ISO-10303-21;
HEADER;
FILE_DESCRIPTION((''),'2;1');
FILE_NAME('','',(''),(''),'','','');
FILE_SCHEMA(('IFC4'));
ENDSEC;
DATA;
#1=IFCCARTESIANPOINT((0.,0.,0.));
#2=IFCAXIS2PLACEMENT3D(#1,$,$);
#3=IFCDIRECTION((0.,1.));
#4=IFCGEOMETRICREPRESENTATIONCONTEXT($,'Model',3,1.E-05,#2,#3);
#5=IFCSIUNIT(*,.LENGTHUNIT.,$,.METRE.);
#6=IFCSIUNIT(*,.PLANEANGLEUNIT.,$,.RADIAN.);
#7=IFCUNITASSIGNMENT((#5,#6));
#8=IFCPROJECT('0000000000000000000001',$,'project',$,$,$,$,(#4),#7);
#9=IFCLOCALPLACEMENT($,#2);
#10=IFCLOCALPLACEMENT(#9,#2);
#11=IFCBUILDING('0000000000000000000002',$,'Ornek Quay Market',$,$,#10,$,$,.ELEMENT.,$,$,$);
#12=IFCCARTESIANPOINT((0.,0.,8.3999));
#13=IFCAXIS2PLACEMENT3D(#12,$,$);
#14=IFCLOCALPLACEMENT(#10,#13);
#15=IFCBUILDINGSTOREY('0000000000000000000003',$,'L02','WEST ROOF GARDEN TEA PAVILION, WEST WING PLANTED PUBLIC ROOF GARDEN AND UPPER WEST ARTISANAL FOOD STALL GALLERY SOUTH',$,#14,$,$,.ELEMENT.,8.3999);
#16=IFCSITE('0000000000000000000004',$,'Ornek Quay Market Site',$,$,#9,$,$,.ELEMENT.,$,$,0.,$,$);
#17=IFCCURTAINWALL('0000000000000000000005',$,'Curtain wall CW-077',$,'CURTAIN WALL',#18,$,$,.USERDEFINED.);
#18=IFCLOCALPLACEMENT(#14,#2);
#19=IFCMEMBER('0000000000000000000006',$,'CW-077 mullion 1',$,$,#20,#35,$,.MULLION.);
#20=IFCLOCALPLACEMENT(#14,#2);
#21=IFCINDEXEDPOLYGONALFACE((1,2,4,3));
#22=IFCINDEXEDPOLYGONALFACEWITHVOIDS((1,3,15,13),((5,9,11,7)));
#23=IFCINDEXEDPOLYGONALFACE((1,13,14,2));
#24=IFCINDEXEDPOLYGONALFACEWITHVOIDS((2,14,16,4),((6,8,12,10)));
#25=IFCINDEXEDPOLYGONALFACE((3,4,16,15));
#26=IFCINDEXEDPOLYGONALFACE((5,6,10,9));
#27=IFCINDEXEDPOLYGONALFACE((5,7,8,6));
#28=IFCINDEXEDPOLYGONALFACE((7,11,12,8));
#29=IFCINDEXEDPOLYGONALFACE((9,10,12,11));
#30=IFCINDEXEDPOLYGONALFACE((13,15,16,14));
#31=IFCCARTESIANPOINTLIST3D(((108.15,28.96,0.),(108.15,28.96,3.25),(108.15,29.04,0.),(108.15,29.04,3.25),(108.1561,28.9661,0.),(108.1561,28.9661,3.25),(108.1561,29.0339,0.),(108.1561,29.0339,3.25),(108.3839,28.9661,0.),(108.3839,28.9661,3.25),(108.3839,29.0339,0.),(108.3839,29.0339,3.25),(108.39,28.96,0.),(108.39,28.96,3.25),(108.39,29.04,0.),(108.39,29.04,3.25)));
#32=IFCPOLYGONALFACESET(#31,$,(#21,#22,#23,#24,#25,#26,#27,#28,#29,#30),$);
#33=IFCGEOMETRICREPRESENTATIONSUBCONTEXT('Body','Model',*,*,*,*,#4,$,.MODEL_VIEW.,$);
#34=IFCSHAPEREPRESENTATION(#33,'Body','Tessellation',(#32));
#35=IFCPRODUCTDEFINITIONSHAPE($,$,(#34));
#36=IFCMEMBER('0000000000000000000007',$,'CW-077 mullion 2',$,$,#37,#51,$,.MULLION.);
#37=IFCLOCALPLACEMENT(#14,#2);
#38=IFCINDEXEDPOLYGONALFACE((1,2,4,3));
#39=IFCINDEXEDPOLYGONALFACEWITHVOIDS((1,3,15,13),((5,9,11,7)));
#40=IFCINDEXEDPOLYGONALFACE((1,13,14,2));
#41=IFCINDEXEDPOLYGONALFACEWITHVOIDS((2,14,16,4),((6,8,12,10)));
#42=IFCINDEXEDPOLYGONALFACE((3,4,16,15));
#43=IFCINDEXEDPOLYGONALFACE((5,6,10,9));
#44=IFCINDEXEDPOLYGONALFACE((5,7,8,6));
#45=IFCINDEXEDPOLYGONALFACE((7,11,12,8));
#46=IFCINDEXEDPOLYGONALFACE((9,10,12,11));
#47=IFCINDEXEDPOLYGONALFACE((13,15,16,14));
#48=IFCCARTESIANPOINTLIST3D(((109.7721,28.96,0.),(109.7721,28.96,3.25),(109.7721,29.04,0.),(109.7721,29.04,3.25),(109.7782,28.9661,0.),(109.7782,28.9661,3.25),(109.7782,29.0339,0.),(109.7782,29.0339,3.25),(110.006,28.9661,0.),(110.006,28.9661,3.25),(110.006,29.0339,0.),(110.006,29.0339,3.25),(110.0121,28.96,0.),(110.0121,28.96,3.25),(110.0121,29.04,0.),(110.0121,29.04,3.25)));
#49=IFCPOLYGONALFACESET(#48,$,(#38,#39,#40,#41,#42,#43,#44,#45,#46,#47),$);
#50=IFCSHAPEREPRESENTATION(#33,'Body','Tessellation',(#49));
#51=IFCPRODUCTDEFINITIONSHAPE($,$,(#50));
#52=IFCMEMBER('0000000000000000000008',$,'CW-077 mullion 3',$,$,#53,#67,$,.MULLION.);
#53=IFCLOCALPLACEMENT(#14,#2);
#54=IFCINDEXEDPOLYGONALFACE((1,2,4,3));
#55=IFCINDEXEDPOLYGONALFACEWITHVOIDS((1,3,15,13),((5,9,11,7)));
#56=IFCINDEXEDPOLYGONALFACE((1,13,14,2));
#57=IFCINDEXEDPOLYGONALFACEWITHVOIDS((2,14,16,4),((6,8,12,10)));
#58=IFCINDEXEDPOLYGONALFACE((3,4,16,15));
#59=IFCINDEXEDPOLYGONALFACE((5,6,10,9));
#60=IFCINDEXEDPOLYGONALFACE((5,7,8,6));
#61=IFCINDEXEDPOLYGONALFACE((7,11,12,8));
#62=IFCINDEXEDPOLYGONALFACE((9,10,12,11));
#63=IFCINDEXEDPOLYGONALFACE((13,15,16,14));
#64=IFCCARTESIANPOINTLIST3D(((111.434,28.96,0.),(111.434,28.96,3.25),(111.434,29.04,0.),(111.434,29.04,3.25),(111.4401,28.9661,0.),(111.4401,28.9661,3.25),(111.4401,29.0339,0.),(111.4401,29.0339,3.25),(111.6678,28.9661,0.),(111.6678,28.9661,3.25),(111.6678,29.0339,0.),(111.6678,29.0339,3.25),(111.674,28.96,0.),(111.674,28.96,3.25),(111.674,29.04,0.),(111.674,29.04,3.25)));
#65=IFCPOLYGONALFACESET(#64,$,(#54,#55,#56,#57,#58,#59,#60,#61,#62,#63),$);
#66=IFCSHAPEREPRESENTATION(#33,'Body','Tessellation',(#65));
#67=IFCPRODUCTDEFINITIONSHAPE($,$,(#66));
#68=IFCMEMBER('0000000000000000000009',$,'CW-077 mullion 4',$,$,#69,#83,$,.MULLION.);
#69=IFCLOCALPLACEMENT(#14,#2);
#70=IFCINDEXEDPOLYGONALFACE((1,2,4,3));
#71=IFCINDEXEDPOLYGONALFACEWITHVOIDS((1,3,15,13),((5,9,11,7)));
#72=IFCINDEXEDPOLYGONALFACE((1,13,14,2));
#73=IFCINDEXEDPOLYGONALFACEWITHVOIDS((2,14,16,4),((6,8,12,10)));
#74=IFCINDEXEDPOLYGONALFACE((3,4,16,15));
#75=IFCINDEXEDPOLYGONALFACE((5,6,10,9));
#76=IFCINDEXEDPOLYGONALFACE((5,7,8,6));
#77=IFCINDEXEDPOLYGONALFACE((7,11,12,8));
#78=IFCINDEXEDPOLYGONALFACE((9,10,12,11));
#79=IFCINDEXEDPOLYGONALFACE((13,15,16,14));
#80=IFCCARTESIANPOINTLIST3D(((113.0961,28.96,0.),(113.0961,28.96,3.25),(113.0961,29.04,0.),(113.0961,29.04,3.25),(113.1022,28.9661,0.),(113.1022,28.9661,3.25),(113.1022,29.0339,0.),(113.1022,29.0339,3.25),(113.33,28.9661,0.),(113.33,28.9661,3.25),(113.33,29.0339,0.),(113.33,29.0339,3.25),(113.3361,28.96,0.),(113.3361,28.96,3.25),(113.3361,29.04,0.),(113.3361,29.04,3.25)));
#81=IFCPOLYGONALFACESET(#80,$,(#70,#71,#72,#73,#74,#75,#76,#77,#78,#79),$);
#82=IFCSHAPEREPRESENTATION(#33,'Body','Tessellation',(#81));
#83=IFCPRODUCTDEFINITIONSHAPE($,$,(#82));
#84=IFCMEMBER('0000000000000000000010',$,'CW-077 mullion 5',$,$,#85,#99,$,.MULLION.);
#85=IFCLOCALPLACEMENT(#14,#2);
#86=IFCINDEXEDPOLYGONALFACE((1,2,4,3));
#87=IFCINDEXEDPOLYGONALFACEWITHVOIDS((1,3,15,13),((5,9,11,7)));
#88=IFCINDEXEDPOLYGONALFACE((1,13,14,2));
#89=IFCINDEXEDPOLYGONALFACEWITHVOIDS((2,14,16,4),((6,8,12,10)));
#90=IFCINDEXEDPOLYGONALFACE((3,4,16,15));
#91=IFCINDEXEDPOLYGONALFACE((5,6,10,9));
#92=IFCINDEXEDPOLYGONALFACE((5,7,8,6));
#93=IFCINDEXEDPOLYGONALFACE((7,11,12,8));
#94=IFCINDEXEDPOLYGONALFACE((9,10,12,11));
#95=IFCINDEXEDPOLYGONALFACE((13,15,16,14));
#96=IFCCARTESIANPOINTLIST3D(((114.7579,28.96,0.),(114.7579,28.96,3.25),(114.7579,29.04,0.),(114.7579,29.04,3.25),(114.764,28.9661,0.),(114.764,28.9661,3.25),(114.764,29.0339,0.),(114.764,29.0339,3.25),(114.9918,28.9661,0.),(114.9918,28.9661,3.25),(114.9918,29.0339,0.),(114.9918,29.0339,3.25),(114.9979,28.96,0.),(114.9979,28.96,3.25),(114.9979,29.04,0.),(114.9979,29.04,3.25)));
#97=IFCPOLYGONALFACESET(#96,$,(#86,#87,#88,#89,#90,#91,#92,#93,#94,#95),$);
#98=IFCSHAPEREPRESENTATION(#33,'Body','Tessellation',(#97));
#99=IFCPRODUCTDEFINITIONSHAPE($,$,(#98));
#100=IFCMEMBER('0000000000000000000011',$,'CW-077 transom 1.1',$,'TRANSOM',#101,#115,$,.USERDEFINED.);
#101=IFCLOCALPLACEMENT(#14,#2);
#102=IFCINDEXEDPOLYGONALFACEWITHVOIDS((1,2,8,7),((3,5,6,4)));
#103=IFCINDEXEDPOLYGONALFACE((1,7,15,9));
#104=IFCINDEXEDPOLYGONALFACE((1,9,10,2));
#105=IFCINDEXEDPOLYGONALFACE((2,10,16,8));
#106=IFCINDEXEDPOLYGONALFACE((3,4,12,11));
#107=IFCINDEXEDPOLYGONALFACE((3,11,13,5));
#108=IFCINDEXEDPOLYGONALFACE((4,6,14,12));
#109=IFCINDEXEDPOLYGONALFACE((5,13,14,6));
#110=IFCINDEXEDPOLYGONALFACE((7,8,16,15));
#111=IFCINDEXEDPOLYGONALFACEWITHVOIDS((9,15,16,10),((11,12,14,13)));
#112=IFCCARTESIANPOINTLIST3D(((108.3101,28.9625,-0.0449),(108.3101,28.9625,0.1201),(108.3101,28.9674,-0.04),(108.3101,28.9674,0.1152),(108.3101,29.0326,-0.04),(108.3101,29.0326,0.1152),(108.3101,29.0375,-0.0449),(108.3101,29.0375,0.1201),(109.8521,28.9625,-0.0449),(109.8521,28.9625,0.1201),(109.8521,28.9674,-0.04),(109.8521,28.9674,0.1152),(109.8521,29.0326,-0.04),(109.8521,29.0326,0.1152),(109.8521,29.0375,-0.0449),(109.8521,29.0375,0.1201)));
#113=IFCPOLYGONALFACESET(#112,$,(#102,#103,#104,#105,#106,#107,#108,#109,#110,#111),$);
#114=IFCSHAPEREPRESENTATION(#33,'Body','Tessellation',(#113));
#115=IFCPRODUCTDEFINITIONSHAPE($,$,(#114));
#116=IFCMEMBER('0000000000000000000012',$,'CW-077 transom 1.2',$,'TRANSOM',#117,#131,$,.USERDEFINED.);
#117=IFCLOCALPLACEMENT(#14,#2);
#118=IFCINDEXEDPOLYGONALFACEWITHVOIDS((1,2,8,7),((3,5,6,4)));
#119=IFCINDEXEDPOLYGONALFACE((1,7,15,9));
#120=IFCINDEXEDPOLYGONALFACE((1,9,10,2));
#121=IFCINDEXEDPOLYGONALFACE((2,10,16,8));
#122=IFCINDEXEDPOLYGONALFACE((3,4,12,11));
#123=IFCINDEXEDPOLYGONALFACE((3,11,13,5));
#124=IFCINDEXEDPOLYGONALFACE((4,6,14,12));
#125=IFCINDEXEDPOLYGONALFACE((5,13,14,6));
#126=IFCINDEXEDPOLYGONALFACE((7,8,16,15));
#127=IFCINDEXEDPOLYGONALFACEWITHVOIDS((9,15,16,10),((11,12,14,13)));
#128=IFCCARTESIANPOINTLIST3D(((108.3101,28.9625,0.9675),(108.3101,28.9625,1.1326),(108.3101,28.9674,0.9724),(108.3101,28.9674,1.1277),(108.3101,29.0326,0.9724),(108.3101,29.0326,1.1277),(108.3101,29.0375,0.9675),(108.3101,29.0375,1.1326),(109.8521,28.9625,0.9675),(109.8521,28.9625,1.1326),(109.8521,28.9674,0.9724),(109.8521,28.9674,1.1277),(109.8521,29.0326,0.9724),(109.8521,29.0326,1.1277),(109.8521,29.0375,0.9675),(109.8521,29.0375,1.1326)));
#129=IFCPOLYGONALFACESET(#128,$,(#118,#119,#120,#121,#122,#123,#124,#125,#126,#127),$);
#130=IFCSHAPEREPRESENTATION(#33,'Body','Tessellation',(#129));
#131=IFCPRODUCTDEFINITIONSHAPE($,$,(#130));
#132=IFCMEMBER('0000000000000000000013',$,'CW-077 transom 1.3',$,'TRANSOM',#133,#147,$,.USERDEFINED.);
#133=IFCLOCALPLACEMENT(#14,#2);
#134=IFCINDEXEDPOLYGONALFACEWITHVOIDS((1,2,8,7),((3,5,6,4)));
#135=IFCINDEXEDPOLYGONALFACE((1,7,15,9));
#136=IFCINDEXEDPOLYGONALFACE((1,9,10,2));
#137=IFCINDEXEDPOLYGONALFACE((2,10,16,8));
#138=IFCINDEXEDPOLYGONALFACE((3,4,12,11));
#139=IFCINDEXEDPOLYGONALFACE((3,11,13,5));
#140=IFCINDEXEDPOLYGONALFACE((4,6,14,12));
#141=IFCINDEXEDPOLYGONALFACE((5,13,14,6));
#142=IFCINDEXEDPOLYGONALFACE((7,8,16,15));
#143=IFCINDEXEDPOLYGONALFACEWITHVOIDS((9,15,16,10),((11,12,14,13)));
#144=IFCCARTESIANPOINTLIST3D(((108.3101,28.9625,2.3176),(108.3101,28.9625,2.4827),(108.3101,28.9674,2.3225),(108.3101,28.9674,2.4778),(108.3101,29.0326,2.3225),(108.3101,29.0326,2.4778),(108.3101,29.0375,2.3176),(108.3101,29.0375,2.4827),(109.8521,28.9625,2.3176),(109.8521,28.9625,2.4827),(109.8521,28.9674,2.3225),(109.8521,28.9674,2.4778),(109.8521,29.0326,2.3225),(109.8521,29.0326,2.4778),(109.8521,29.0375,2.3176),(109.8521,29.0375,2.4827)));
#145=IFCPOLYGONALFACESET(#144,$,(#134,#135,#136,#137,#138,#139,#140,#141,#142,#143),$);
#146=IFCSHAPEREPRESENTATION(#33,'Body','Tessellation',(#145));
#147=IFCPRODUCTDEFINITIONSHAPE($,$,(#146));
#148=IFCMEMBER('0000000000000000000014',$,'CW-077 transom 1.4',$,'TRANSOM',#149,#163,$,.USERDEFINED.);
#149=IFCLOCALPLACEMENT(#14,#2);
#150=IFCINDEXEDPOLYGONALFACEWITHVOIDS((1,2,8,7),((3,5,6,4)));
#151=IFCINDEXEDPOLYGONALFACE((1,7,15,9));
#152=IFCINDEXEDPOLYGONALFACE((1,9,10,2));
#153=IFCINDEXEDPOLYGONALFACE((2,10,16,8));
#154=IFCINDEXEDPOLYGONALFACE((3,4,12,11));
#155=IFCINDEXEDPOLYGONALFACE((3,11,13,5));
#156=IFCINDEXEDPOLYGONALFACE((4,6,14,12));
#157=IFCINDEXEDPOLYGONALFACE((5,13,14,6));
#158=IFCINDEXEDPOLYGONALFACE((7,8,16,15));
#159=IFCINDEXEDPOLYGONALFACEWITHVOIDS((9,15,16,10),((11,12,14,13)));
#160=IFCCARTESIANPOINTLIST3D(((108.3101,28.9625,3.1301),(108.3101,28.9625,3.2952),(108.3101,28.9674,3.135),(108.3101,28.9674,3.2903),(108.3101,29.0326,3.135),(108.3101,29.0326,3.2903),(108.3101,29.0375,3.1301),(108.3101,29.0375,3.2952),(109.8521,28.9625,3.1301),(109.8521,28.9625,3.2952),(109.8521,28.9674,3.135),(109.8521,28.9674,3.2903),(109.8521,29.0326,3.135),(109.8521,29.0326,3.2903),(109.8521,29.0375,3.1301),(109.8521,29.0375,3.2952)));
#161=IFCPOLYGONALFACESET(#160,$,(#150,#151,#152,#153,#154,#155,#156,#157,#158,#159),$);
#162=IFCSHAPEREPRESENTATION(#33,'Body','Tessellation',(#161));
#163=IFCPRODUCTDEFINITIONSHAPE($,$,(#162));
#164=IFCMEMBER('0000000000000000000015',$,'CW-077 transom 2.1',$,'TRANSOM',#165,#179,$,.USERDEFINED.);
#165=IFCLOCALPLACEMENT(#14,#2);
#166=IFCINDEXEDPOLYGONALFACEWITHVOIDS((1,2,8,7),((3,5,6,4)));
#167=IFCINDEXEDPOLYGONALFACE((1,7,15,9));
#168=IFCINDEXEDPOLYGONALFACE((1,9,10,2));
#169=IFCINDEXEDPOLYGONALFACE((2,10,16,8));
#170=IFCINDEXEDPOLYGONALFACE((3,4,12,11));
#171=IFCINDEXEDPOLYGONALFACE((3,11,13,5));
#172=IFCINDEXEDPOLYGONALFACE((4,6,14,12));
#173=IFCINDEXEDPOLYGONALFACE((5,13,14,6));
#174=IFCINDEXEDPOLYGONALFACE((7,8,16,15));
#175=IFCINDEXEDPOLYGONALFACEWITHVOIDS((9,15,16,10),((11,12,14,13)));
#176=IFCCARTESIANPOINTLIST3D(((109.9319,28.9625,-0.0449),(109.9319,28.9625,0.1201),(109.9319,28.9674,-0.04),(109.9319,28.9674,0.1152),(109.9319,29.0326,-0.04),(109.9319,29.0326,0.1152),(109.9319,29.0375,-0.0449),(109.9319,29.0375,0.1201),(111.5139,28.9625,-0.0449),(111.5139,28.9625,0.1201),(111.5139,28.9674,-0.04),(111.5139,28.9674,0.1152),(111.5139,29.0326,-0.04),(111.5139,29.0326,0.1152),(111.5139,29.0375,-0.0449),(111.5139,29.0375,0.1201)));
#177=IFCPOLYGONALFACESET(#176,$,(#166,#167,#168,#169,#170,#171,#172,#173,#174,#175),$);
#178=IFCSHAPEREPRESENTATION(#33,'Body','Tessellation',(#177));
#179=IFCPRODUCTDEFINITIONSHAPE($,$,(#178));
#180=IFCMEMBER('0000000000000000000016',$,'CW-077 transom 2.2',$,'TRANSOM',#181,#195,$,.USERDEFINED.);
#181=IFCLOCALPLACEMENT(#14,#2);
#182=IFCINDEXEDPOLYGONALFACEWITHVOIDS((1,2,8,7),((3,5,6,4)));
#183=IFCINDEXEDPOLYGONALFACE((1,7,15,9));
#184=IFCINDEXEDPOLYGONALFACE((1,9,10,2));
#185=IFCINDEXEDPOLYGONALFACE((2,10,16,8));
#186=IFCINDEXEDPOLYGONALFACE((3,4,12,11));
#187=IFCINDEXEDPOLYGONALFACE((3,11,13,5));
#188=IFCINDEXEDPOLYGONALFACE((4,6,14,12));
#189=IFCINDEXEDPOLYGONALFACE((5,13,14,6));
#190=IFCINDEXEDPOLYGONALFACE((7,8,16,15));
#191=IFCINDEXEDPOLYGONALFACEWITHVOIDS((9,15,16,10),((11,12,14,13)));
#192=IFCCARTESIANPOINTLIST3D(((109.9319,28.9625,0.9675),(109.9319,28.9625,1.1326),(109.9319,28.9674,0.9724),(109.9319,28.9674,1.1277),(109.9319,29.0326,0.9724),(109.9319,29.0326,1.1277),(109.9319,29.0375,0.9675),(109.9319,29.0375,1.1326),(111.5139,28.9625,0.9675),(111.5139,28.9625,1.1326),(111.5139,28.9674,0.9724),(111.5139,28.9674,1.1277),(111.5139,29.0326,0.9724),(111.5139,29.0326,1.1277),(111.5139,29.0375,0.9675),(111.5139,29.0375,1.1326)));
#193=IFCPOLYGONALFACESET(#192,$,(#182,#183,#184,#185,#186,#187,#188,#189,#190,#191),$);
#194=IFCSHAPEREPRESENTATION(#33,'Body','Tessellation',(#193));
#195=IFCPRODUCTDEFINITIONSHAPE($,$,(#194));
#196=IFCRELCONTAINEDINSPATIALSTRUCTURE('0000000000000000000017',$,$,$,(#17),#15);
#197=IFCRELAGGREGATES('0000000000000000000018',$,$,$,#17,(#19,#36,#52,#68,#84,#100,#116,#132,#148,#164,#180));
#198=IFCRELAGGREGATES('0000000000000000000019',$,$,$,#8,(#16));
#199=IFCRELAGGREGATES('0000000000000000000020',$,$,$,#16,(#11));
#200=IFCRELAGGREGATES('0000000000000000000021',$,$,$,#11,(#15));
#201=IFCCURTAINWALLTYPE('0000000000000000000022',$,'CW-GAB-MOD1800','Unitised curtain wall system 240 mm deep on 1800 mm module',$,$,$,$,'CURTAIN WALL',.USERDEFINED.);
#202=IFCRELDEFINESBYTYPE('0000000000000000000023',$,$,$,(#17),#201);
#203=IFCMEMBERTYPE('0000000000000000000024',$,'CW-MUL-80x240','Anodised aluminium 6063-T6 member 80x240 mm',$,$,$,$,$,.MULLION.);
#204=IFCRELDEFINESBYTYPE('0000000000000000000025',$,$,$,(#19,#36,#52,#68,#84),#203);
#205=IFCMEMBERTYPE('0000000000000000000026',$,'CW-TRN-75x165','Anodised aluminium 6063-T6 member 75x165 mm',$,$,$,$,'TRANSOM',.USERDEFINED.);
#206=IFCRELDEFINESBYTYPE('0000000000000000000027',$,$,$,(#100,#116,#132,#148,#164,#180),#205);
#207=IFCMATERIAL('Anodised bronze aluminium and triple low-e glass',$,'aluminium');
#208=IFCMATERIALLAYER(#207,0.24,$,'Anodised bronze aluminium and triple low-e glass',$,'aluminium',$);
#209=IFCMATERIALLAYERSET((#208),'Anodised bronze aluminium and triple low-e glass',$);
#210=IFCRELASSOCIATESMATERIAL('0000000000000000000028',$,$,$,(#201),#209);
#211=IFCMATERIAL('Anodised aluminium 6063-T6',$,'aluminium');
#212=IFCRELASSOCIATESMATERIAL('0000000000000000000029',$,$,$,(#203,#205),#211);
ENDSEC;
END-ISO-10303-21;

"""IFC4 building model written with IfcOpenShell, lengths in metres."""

from ifc_helpers import new_model, si_unit, direction, frame, origin, origin_2d, place, context, subcontext, project, spatial, hollow_rectangle, extrude, material, layer, layer_set, material_profile, profile_set, type_object, element, aggregate, save


model = new_model("IFC4")

# Units and contexts
model_context = context("Model", 3, precision=1e-05, world=origin(), true_north=direction((0.0, 1.0)))
body_context = subcontext(model_context, "Body", "Model", "MODEL_VIEW")
ifc_project = project(units=[si_unit("LENGTHUNIT", "METRE"), si_unit("PLANEANGLEUNIT", "RADIAN")], contexts=[model_context])

# Site, building, storey
site_placement = place(None, origin())
site = spatial("IfcSite", under=ifc_project, at=site_placement, Name="Ornek Quay Market Site", CompositionType="ELEMENT", RefElevation=0.0)
building_placement = place(site_placement, origin())
building = spatial("IfcBuilding", under=site, at=building_placement, Name="Ornek Quay Market", CompositionType="ELEMENT")
storey_placement = place(building_placement, frame((0.0, 0.0, 8.3999)))
storey = spatial("IfcBuildingStorey", under=building, at=storey_placement, Name="L02", Description="WEST ROOF GARDEN TEA PAVILION, WEST WING PLANTED PUBLIC ROOF GARDEN AND UPPER WEST ARTISANAL FOOD STALL GALLERY SOUTH", CompositionType="ELEMENT", Elevation=8.3999)

# Curtain wall, members
ifc_material_1 = material(Name="Anodised bronze aluminium and triple low-e glass", Category="aluminium")
ifc_layer_1 = layer(ifc_material_1, 0.24, Name="Anodised bronze aluminium and triple low-e glass", Category="aluminium")
ifc_layer_set_1 = layer_set([ifc_layer_1], Name="Anodised bronze aluminium and triple low-e glass")
curtain_wall_type = type_object("IfcCurtainWallType", Name="CW-GAB-MOD1800", Description="Unitised curtain wall system 240 mm deep on 1800 mm module", ElementType="CURTAIN WALL", PredefinedType="USERDEFINED", material=ifc_layer_set_1)
curtain_wall_placement = place(storey_placement, origin())
curtain_wall = element("IfcCurtainWall", 1, at=curtain_wall_placement, inside=storey, type_object=curtain_wall_type, Name="Curtain wall CW-077", ObjectType="CURTAIN WALL", PredefinedType="USERDEFINED")
ifc_material_2 = material(Name="Anodised aluminium 6063-T6", Category="aluminium")
ifc_material_profile_1 = material_profile(ifc_material_2, hollow_rectangle(XDim=0.0801, YDim=0.24, WallThickness=0.0061, at=origin_2d()), Name="CW-MUL-80x240", Category="aluminium")
ifc_profile_set_1 = profile_set([ifc_material_profile_1], Name="Anodised aluminium 6063-T6")
member_type_1 = type_object("IfcMemberType", Name="CW-MUL-80x240", Description="Anodised aluminium 6063-T6 member 80x240 mm", PredefinedType="MULLION", material=ifc_profile_set_1)
member_1_placement = place(storey_placement, frame((108.27, 29.0, 0.0), z_axis=(0.0, 0.0, 1.0), x_axis=(0.0, 1.0, 0.0)))
member_1 = element("IfcMember", 2, at=member_1_placement, type_object=member_type_1, Name="CW-077 mullion 1", PredefinedType="MULLION", context=body_context, shape_type="SweptSolid", body=[
    extrude(hollow_rectangle(XDim=0.0801, YDim=0.24, WallThickness=0.0061, at=origin_2d()), origin(), (0.0, 0.0, 1.0), 3.25),
])
member_2_placement = place(storey_placement, frame((109.8921, 29.0, 0.0), z_axis=(0.0, 0.0, 1.0), x_axis=(0.0, 1.0, 0.0)))
member_2 = element("IfcMember", 3, at=member_2_placement, type_object=member_type_1, Name="CW-077 mullion 2", PredefinedType="MULLION", context=body_context, shape_type="SweptSolid", body=[
    extrude(hollow_rectangle(XDim=0.0801, YDim=0.24, WallThickness=0.0061, at=origin_2d()), origin(), (0.0, 0.0, 1.0), 3.25),
])
member_3_placement = place(storey_placement, frame((111.554, 29.0, 0.0), z_axis=(0.0, 0.0, 1.0), x_axis=(0.0, 1.0, 0.0)))
member_3 = element("IfcMember", 4, at=member_3_placement, type_object=member_type_1, Name="CW-077 mullion 3", PredefinedType="MULLION", context=body_context, shape_type="SweptSolid", body=[
    extrude(hollow_rectangle(XDim=0.0801, YDim=0.24, WallThickness=0.0061, at=origin_2d()), origin(), (0.0, 0.0, 1.0), 3.25),
])
member_4_placement = place(storey_placement, frame((113.2161, 29.0, 0.0), z_axis=(0.0, 0.0, 1.0), x_axis=(0.0, 1.0, 0.0)))
member_4 = element("IfcMember", 5, at=member_4_placement, type_object=member_type_1, Name="CW-077 mullion 4", PredefinedType="MULLION", context=body_context, shape_type="SweptSolid", body=[
    extrude(hollow_rectangle(XDim=0.0801, YDim=0.24, WallThickness=0.0061, at=origin_2d()), origin(), (0.0, 0.0, 1.0), 3.25),
])
member_5_placement = place(storey_placement, frame((114.8779, 29.0, 0.0), z_axis=(0.0, 0.0, 1.0), x_axis=(0.0, 1.0, 0.0)))
member_5 = element("IfcMember", 6, at=member_5_placement, type_object=member_type_1, Name="CW-077 mullion 5", PredefinedType="MULLION", context=body_context, shape_type="SweptSolid", body=[
    extrude(hollow_rectangle(XDim=0.0801, YDim=0.24, WallThickness=0.0061, at=origin_2d()), origin(), (0.0, 0.0, 1.0), 3.25),
])
ifc_material_profile_2 = material_profile(ifc_material_2, hollow_rectangle(XDim=0.075, YDim=0.165, WallThickness=0.0049, at=origin_2d()), Name="CW-TRN-75x165", Category="aluminium")
ifc_profile_set_2 = profile_set([ifc_material_profile_2], Name="Anodised aluminium 6063-T6")
member_type_2 = type_object("IfcMemberType", Name="CW-TRN-75x165", Description="Anodised aluminium 6063-T6 member 75x165 mm", ElementType="TRANSOM", PredefinedType="USERDEFINED", material=ifc_profile_set_2)
member_6_placement = place(storey_placement, frame((108.3101, 29.0, 0.0376), z_axis=(1.0, 0.0, 0.0), x_axis=(0.0, 1.0, 0.0)))
member_6 = element("IfcMember", 7, at=member_6_placement, type_object=member_type_2, Name="CW-077 transom 1.1", ObjectType="TRANSOM", PredefinedType="USERDEFINED", context=body_context, shape_type="SweptSolid", body=[
    extrude(hollow_rectangle(XDim=0.075, YDim=0.165, WallThickness=0.0049, at=origin_2d()), origin(), (0.0, 0.0, 1.0), 1.542),
])
member_7_placement = place(storey_placement, frame((108.3101, 29.0, 1.05), z_axis=(1.0, 0.0, 0.0), x_axis=(0.0, 1.0, 0.0)))
member_7 = element("IfcMember", 8, at=member_7_placement, type_object=member_type_2, Name="CW-077 transom 1.2", ObjectType="TRANSOM", PredefinedType="USERDEFINED", context=body_context, shape_type="SweptSolid", body=[
    extrude(hollow_rectangle(XDim=0.075, YDim=0.165, WallThickness=0.0049, at=origin_2d()), origin(), (0.0, 0.0, 1.0), 1.542),
])
member_8_placement = place(storey_placement, frame((108.3101, 29.0, 2.4001), z_axis=(1.0, 0.0, 0.0), x_axis=(0.0, 1.0, 0.0)))
member_8 = element("IfcMember", 9, at=member_8_placement, type_object=member_type_2, Name="CW-077 transom 1.3", ObjectType="TRANSOM", PredefinedType="USERDEFINED", context=body_context, shape_type="SweptSolid", body=[
    extrude(hollow_rectangle(XDim=0.075, YDim=0.165, WallThickness=0.0049, at=origin_2d()), origin(), (0.0, 0.0, 1.0), 1.542),
])
member_9_placement = place(storey_placement, frame((108.3101, 29.0, 3.2126), z_axis=(1.0, 0.0, 0.0), x_axis=(0.0, 1.0, 0.0)))
member_9 = element("IfcMember", 10, at=member_9_placement, type_object=member_type_2, Name="CW-077 transom 1.4", ObjectType="TRANSOM", PredefinedType="USERDEFINED", context=body_context, shape_type="SweptSolid", body=[
    extrude(hollow_rectangle(XDim=0.075, YDim=0.165, WallThickness=0.0049, at=origin_2d()), origin(), (0.0, 0.0, 1.0), 1.542),
])
member_10_placement = place(storey_placement, frame((109.9319, 29.0, 0.0376), z_axis=(1.0, 0.0, 0.0), x_axis=(0.0, 1.0, 0.0)))
member_10 = element("IfcMember", 11, at=member_10_placement, type_object=member_type_2, Name="CW-077 transom 2.1", ObjectType="TRANSOM", PredefinedType="USERDEFINED", context=body_context, shape_type="SweptSolid", body=[
    extrude(hollow_rectangle(XDim=0.075, YDim=0.165, WallThickness=0.0049, at=origin_2d()), origin(), (0.0, 0.0, 1.0), 1.582),
])
member_11_placement = place(storey_placement, frame((109.9319, 29.0, 1.05), z_axis=(1.0, 0.0, 0.0), x_axis=(0.0, 1.0, 0.0)))
member_11 = element("IfcMember", 12, at=member_11_placement, type_object=member_type_2, Name="CW-077 transom 2.2", ObjectType="TRANSOM", PredefinedType="USERDEFINED", context=body_context, shape_type="SweptSolid", body=[
    extrude(hollow_rectangle(XDim=0.075, YDim=0.165, WallThickness=0.0049, at=origin_2d()), origin(), (0.0, 0.0, 1.0), 1.582),
])
aggregate(curtain_wall, [member_1, member_2, member_3, member_4, member_5, member_6, member_7, member_8, member_9, member_10, member_11])

save(model, "model.ifc")
